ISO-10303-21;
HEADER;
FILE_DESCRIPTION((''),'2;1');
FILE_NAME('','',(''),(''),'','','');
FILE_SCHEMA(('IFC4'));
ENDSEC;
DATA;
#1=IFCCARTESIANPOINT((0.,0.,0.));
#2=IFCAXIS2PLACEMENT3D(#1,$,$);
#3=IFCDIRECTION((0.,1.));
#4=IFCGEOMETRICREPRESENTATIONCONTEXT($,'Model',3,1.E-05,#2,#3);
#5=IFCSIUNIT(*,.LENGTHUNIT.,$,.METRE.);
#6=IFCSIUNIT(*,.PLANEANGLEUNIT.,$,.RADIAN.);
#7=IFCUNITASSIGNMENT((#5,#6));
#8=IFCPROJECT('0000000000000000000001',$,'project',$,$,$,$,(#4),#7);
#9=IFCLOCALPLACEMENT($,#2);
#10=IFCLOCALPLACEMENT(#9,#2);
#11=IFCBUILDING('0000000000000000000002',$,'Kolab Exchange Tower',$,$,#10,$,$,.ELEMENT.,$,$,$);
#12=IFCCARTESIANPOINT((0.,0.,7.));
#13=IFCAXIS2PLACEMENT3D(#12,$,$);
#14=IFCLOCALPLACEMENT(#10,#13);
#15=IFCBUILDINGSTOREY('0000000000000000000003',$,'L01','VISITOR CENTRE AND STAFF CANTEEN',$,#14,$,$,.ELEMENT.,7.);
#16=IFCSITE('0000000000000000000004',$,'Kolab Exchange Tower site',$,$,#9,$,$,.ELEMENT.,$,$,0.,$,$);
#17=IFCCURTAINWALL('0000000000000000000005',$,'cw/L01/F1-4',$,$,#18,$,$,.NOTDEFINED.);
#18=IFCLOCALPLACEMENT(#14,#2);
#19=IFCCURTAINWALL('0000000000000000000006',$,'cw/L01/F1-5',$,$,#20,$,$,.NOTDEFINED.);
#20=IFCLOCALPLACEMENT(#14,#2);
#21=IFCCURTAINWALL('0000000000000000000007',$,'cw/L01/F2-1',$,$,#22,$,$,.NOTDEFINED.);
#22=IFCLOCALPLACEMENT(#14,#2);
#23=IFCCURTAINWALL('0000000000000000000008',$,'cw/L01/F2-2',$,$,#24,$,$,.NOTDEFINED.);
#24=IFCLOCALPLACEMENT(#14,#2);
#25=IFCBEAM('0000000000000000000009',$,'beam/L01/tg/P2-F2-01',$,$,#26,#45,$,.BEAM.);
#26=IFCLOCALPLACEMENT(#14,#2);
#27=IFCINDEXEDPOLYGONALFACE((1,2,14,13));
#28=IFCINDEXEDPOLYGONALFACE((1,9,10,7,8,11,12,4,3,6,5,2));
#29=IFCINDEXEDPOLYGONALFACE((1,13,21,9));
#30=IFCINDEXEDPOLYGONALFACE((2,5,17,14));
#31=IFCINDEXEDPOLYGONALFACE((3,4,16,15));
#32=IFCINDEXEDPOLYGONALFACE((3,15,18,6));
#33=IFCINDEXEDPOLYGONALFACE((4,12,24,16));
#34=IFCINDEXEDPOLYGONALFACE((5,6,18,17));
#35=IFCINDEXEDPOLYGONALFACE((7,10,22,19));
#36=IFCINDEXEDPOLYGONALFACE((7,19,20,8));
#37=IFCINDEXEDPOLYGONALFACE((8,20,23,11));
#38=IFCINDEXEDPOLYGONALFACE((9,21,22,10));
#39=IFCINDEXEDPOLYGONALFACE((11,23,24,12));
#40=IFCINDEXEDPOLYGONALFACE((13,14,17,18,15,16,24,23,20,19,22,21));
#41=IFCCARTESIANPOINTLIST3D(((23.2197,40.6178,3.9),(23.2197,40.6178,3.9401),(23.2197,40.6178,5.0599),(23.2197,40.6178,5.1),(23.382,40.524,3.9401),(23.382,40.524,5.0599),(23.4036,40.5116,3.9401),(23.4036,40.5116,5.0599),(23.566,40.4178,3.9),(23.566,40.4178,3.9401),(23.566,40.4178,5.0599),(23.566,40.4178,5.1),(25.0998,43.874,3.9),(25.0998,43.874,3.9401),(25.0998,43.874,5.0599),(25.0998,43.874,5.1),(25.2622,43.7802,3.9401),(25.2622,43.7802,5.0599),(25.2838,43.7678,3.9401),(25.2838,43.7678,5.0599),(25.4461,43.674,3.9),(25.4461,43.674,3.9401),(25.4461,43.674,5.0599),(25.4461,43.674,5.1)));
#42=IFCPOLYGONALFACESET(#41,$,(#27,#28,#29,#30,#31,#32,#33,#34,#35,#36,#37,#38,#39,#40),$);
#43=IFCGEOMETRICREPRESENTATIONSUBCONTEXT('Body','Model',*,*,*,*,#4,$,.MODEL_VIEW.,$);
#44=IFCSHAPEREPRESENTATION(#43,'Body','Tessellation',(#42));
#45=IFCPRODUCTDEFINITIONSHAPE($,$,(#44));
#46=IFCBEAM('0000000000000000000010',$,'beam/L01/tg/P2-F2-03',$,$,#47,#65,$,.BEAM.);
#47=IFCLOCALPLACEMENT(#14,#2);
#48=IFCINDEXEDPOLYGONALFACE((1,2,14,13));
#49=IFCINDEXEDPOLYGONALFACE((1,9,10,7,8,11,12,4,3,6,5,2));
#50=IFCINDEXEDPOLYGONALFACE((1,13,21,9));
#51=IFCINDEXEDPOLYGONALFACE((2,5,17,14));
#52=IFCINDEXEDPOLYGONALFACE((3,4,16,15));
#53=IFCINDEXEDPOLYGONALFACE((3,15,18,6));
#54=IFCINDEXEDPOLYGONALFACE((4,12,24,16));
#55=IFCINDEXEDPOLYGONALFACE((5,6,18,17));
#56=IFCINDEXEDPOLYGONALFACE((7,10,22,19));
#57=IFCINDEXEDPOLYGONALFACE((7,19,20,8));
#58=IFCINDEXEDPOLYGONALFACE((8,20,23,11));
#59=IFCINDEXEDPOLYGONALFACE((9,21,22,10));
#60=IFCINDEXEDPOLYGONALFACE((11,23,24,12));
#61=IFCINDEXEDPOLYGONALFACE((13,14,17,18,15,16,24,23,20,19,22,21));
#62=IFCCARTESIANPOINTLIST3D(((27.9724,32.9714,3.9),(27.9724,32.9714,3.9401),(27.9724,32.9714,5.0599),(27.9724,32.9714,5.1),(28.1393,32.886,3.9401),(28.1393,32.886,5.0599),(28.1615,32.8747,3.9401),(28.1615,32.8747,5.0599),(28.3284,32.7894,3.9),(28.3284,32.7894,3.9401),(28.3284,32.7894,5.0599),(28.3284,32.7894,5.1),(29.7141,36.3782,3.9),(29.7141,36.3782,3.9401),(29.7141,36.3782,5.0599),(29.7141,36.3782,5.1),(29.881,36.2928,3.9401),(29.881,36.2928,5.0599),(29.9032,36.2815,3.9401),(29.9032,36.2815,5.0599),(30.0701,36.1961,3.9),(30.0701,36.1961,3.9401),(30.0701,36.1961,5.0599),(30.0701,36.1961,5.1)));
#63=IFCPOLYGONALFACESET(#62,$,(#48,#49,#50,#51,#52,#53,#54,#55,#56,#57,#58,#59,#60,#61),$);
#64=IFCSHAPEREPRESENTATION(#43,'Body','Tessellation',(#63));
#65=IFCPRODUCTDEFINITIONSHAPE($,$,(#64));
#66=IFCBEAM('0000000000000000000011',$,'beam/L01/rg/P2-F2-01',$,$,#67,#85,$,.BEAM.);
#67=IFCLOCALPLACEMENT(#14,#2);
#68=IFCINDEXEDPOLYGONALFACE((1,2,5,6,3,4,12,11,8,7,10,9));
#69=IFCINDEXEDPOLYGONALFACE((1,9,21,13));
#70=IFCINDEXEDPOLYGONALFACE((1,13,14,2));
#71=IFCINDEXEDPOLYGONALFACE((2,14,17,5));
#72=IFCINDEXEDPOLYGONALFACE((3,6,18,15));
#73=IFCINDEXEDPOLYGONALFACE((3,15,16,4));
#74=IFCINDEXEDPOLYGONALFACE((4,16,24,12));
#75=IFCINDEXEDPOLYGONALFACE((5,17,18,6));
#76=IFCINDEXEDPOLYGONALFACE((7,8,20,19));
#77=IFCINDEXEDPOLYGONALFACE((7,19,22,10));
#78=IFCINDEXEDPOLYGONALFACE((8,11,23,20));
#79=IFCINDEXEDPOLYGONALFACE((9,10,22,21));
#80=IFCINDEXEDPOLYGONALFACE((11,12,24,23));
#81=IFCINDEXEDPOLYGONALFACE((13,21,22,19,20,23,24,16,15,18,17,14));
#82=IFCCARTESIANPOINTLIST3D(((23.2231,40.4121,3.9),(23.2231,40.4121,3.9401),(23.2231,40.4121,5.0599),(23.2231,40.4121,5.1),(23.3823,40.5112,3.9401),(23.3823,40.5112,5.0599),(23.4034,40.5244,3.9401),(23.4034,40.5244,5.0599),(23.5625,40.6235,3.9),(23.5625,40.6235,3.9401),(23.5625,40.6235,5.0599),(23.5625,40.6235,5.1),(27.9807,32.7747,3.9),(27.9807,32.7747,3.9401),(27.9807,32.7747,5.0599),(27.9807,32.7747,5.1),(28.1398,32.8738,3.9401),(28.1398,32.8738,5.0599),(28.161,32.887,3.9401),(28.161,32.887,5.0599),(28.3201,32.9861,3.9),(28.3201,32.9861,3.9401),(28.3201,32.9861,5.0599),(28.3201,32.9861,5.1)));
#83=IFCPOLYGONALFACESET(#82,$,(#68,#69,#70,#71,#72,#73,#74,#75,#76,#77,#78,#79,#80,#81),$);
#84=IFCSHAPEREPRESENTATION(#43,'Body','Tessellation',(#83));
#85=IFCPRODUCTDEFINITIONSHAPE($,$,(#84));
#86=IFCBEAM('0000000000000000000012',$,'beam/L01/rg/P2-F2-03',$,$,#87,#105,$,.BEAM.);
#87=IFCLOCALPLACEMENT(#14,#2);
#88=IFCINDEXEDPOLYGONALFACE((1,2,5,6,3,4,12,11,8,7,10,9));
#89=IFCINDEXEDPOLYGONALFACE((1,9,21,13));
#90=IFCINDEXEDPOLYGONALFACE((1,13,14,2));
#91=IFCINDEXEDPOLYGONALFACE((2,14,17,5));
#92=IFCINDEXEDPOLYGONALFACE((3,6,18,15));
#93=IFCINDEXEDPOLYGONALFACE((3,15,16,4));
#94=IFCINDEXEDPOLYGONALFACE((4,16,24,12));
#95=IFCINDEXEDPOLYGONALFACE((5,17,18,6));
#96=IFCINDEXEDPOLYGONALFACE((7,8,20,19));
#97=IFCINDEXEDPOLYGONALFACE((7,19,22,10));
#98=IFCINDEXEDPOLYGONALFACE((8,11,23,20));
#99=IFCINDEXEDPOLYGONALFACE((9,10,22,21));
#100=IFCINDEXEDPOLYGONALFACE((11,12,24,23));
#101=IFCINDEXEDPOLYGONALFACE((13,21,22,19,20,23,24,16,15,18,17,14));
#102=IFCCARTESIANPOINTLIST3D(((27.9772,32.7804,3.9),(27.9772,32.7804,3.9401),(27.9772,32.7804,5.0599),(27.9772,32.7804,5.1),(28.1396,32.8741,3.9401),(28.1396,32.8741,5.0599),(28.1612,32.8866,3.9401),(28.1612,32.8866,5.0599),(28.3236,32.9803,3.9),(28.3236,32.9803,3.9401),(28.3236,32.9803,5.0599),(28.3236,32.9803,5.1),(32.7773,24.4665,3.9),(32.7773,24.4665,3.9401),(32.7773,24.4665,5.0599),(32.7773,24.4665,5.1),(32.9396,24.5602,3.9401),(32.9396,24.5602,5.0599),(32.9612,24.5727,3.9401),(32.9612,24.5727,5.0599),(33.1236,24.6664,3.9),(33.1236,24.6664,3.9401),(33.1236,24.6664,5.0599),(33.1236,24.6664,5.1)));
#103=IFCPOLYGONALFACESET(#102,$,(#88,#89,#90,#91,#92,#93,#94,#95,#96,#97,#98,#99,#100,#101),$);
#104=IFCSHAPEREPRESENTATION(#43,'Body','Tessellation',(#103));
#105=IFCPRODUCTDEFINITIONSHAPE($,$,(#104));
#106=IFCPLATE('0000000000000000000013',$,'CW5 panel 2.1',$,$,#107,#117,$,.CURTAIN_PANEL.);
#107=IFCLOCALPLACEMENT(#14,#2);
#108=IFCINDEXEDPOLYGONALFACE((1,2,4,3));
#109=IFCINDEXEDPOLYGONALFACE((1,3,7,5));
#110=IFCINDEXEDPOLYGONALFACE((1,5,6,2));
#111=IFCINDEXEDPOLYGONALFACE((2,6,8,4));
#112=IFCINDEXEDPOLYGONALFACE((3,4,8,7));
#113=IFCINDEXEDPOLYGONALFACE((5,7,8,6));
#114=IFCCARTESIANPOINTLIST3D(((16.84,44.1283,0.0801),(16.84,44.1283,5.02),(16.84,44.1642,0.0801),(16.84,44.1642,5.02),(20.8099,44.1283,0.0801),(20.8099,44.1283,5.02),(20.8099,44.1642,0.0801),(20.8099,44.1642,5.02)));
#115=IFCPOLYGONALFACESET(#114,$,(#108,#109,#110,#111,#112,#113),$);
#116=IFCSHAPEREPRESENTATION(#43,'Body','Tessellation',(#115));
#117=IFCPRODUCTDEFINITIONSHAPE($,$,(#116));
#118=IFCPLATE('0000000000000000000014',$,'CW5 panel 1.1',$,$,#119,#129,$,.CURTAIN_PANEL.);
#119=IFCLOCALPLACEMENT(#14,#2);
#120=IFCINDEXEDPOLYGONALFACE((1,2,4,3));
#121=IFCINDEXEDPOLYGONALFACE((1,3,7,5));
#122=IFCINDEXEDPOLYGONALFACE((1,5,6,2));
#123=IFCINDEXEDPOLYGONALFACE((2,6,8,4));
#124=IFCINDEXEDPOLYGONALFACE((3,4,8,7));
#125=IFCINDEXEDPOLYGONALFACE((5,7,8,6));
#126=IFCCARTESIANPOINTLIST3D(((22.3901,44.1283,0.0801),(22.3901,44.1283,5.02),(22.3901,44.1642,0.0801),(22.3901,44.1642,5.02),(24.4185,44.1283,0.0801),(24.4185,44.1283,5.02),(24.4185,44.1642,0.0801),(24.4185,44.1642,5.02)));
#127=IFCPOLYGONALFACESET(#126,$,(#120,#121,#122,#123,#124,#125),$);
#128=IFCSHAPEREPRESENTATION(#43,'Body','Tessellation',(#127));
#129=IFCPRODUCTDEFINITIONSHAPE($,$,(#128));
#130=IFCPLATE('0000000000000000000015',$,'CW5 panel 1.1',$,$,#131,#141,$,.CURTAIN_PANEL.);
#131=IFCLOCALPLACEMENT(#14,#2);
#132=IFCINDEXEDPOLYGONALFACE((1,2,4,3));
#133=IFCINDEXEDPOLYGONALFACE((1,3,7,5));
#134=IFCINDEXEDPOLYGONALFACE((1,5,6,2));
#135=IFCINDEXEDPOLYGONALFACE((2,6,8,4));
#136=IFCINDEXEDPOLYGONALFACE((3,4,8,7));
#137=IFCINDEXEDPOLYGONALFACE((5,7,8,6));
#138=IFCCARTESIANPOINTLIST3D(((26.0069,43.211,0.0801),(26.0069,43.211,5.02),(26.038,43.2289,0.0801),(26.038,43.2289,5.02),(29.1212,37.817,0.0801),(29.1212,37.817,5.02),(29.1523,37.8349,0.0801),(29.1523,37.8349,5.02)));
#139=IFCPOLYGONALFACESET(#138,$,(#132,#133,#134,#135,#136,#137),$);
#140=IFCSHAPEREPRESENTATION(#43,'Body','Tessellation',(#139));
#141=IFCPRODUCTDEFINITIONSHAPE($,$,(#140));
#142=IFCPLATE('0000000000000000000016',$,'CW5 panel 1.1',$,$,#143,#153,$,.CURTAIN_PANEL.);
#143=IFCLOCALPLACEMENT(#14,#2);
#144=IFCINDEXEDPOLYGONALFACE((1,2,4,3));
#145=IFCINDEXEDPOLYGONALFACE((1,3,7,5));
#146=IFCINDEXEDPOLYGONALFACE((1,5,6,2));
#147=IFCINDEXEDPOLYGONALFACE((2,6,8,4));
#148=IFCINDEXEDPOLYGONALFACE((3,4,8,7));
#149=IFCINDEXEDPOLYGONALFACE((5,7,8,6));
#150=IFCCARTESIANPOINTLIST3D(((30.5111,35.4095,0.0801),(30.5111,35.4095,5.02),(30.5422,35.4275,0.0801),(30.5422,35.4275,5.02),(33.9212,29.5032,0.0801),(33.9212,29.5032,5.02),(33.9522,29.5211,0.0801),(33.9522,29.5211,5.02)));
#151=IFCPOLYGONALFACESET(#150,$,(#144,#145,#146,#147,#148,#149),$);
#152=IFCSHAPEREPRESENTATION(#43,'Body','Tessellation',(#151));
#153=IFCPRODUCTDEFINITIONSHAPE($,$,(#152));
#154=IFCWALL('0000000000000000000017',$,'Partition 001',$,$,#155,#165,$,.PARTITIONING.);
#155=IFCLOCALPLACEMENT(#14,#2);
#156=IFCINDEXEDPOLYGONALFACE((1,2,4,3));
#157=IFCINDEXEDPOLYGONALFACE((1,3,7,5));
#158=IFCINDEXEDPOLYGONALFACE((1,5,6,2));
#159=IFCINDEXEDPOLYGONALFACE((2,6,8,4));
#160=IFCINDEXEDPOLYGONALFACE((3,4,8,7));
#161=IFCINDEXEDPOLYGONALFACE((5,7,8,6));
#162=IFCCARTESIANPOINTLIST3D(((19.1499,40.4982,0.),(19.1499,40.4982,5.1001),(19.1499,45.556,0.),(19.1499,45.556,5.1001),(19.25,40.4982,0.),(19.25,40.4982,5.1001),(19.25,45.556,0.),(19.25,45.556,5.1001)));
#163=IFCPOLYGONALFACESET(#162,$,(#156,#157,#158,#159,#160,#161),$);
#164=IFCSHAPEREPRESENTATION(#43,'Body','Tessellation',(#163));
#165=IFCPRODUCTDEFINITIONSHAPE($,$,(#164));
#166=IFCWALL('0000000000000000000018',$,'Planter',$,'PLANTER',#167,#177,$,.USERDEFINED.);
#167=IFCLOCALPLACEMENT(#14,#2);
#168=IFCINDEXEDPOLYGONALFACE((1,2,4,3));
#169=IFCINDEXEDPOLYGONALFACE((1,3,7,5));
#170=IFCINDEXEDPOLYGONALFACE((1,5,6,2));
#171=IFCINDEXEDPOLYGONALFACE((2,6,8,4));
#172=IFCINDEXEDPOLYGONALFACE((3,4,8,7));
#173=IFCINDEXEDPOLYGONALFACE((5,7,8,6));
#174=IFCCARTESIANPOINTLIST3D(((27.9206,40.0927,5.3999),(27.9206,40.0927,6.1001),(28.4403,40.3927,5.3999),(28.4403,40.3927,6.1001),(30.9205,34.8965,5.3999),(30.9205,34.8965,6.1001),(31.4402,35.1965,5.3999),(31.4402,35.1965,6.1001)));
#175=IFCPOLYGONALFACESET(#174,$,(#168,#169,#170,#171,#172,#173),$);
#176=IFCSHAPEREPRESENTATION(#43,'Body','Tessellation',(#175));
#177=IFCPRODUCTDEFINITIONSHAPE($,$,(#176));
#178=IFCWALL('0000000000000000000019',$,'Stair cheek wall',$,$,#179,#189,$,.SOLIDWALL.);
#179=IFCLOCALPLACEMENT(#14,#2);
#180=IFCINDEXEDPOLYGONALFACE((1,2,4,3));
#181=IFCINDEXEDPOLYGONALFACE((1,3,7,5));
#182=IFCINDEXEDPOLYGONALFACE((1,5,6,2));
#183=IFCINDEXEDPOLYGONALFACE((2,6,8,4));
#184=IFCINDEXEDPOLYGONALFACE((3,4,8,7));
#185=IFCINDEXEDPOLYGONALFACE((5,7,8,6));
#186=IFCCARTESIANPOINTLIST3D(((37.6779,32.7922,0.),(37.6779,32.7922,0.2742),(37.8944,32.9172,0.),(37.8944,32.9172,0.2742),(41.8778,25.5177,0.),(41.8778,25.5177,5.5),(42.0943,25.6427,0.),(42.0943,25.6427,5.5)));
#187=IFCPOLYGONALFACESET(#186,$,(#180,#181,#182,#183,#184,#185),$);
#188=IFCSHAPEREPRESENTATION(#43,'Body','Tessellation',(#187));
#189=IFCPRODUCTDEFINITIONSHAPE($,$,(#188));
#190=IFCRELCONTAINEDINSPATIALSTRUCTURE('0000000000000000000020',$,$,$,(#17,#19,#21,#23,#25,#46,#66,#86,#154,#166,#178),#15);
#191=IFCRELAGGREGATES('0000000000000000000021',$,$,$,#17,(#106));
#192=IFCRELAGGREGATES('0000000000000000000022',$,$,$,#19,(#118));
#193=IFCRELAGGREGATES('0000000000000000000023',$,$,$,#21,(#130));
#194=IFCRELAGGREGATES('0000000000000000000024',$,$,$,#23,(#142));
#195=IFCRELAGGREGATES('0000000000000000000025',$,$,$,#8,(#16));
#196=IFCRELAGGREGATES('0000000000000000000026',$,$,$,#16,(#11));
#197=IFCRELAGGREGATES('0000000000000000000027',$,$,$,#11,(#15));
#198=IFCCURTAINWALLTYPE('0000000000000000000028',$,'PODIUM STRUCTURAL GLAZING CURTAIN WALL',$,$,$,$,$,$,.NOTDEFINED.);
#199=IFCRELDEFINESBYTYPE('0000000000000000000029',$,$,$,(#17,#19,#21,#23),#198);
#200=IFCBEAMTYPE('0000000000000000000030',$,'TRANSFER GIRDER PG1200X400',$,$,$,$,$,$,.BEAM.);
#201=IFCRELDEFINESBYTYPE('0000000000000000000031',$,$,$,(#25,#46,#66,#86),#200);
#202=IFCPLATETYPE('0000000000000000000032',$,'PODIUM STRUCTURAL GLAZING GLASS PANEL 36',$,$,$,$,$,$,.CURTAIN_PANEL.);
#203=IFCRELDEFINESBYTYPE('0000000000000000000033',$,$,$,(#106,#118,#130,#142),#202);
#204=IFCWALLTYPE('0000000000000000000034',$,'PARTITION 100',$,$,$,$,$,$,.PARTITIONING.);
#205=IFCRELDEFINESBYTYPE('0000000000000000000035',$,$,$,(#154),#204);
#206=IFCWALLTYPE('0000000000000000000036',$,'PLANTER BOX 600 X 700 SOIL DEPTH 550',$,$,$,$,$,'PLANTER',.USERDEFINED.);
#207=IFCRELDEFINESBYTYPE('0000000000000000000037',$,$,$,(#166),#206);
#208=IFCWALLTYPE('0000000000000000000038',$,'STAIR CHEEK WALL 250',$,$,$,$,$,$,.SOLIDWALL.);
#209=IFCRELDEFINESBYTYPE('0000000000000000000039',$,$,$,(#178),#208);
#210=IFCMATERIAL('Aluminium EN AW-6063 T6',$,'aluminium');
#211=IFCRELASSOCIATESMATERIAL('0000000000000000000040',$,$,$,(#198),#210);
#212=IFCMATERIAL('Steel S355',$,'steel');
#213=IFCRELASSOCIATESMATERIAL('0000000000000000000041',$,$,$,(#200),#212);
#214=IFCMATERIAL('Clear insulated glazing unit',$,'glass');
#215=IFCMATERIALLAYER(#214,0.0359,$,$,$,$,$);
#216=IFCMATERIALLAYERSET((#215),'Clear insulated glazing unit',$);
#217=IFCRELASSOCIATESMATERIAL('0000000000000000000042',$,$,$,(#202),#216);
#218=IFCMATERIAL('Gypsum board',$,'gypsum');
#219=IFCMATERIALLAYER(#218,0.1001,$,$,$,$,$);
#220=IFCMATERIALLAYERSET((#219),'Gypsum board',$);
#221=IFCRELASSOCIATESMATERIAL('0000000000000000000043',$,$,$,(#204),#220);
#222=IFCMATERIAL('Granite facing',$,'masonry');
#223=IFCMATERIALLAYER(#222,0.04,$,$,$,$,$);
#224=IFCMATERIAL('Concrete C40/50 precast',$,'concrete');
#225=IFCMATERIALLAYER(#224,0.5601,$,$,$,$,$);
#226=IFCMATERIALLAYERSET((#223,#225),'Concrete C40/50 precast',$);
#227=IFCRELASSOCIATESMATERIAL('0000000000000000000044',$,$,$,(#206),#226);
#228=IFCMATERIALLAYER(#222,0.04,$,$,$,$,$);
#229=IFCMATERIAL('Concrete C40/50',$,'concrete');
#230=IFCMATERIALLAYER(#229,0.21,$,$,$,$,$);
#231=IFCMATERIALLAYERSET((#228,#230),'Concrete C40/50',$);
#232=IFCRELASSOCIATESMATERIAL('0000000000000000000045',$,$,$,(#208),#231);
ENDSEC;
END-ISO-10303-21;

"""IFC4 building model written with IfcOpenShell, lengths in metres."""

from ifc_helpers import new_model, si_unit, direction, frame, frame_2d, origin, origin_2d, place, context, subcontext, project, spatial, polyline, rectangle, i_section, outline, extrude, material, layer, layer_set, material_profile, profile_set, type_object, element, aggregate, save


model = new_model("IFC4")

# Units and contexts
model_context = context("Model", 3, precision=1e-05, world=origin(), true_north=direction((0.0, 1.0)))
body_context = subcontext(model_context, "Body", "Model", "MODEL_VIEW")
ifc_project = project(units=[si_unit("LENGTHUNIT", "METRE"), si_unit("PLANEANGLEUNIT", "RADIAN")], contexts=[model_context])

# Site, building, storey
site_placement = place(None, origin())
site = spatial("IfcSite", under=ifc_project, at=site_placement, Name="Kolab Exchange Tower site", CompositionType="ELEMENT", RefElevation=0.0)
building_placement = place(site_placement, origin())
building = spatial("IfcBuilding", under=site, at=building_placement, Name="Kolab Exchange Tower", CompositionType="ELEMENT")
storey_placement = place(building_placement, frame((0.0, 0.0, 7.0)))
storey = spatial("IfcBuildingStorey", under=building, at=storey_placement, Name="L01", Description="VISITOR CENTRE AND STAFF CANTEEN", CompositionType="ELEMENT", Elevation=7.0)

# Curtain wall
ifc_material_1 = material(Name="Aluminium EN AW-6063 T6", Category="aluminium")
curtain_wall_type = type_object("IfcCurtainWallType", Name="PODIUM STRUCTURAL GLAZING CURTAIN WALL", PredefinedType="NOTDEFINED", material=ifc_material_1)
curtain_wall_1_placement = place(storey_placement, origin())
curtain_wall_1 = element("IfcCurtainWall", 1, at=curtain_wall_1_placement, inside=storey, type_object=curtain_wall_type, Name="cw/L01/F1-4", PredefinedType="NOTDEFINED")

# Curtain walls
curtain_wall_2_placement = place(storey_placement, origin())
curtain_wall_2 = element("IfcCurtainWall", 2, at=curtain_wall_2_placement, inside=storey, type_object=curtain_wall_type, Name="cw/L01/F1-5", PredefinedType="NOTDEFINED")
curtain_wall_3_placement = place(storey_placement, origin())
curtain_wall_3 = element("IfcCurtainWall", 3, at=curtain_wall_3_placement, inside=storey, type_object=curtain_wall_type, Name="cw/L01/F2-1", PredefinedType="NOTDEFINED")

# Curtain wall
curtain_wall_4_placement = place(storey_placement, origin())
curtain_wall_4 = element("IfcCurtainWall", 4, at=curtain_wall_4_placement, inside=storey, type_object=curtain_wall_type, Name="cw/L01/F2-2", PredefinedType="NOTDEFINED")

# Beams
ifc_material_2 = material(Name="Steel S355", Category="steel")
ifc_material_profile_1 = material_profile(ifc_material_2, i_section(OverallWidth=0.3999, OverallDepth=1.2, WebThickness=0.0249, FlangeThickness=0.04, at=origin_2d()), Name="PG1200X400")
ifc_profile_set_1 = profile_set([ifc_material_profile_1], Name="Steel S355")
beam_type = type_object("IfcBeamType", Name="TRANSFER GIRDER PG1200X400", PredefinedType="BEAM", material=ifc_profile_set_1)
beam_1_placement = place(storey_placement, frame((23.3928, 40.5178, 4.5), z_axis=(0.500043, 0.866001, 0.0), x_axis=(-0.866001, 0.500043, 0.0)))
element("IfcBeam", 5, at=beam_1_placement, inside=storey, type_object=beam_type, Name="beam/L01/tg/P2-F2-01", PredefinedType="BEAM", context=body_context, shape_type="SweptSolid", body=[
    extrude(i_section(OverallWidth=0.3999, OverallDepth=1.2, WebThickness=0.0249, FlangeThickness=0.04, at=origin_2d()), origin(), (0.0, 0.0, 1.0), 3.76),
])
beam_2_placement = place(storey_placement, frame((28.1504, 32.8804, 4.5), z_axis=(0.45521, 0.890384, 0.0), x_axis=(-0.890384, 0.45521, 0.0)))
element("IfcBeam", 6, at=beam_2_placement, inside=storey, type_object=beam_type, Name="beam/L01/tg/P2-F2-03", PredefinedType="BEAM", context=body_context, shape_type="SweptSolid", body=[
    extrude(i_section(OverallWidth=0.3999, OverallDepth=1.2, WebThickness=0.0249, FlangeThickness=0.04, at=origin_2d()), origin(), (0.0, 0.0, 1.0), 3.8262),
])
beam_3_placement = place(storey_placement, frame((23.3928, 40.5178, 4.5), z_axis=(0.528733, -0.848788, 0.0), x_axis=(0.848788, 0.528733, 0.0)))
element("IfcBeam", 7, at=beam_3_placement, inside=storey, type_object=beam_type, Name="beam/L01/rg/P2-F2-01", PredefinedType="BEAM", context=body_context, shape_type="SweptSolid", body=[
    extrude(i_section(OverallWidth=0.3999, OverallDepth=1.2, WebThickness=0.0249, FlangeThickness=0.04, at=origin_2d()), origin(), (0.0, 0.0, 1.0), 8.998),
])
beam_4_placement = place(storey_placement, frame((28.1504, 32.8804, 4.5), z_axis=(0.499998, -0.866026, 0.0), x_axis=(0.866026, 0.499998, 0.0)))
element("IfcBeam", 8, at=beam_4_placement, inside=storey, type_object=beam_type, Name="beam/L01/rg/P2-F2-03", PredefinedType="BEAM", context=body_context, shape_type="SweptSolid", body=[
    extrude(i_section(OverallWidth=0.3999, OverallDepth=1.2, WebThickness=0.0249, FlangeThickness=0.04, at=origin_2d()), origin(), (0.0, 0.0, 1.0), 9.6001),
])

# Plates
ifc_material_3 = material(Name="Clear insulated glazing unit", Category="glass")
ifc_layer_1 = layer(ifc_material_3, 0.0359)
ifc_layer_set_1 = layer_set([ifc_layer_1], Name="Clear insulated glazing unit")
plate_type = type_object("IfcPlateType", Name="PODIUM STRUCTURAL GLAZING GLASS PANEL 36", PredefinedType="CURTAIN_PANEL", material=ifc_layer_set_1)
plate_1_placement = place(storey_placement, frame((18.825, 44.1462, 0.0801), z_axis=(0.0, 0.0, 1.0), x_axis=(1.0, 0.0, 0.0)))
plate_1 = element("IfcPlate", 9, at=plate_1_placement, type_object=plate_type, Name="CW5 panel 2.1", PredefinedType="CURTAIN_PANEL", context=body_context, shape_type="SweptSolid", body=[
    extrude(rectangle(XDim=3.97, YDim=0.0359, at=origin_2d()), origin(), (0.0, 0.0, 1.0), 4.9399),
])
aggregate(curtain_wall_1, [plate_1])
plate_2_placement = place(storey_placement, frame((23.4043, 44.1462, 0.0801), z_axis=(0.0, 0.0, 1.0), x_axis=(1.0, 0.0, 0.0)))
plate_2 = element("IfcPlate", 10, at=plate_2_placement, type_object=plate_type, Name="CW5 panel 1.1", PredefinedType="CURTAIN_PANEL", context=body_context, shape_type="SweptSolid", body=[
    extrude(rectangle(XDim=2.0283, YDim=0.0359, at=origin_2d()), origin(), (0.0, 0.0, 1.0), 4.9399),
])
aggregate(curtain_wall_2, [plate_2])
plate_3_placement = place(storey_placement, frame((27.5796, 40.5229, 0.0801), z_axis=(0.0, 0.0, 1.0), x_axis=(0.5, -0.866025, 0.0)))
plate_3 = element("IfcPlate", 11, at=plate_3_placement, type_object=plate_type, Name="CW5 panel 1.1", PredefinedType="CURTAIN_PANEL", context=body_context, shape_type="SweptSolid", body=[
    extrude(rectangle(XDim=6.2285, YDim=0.0359, at=origin_2d()), origin(), (0.0, 0.0, 1.0), 4.9399),
])
aggregate(curtain_wall_3, [plate_3])
plate_4_placement = place(storey_placement, frame((32.2317, 32.4653, 0.0801), z_axis=(0.0, 0.0, 1.0), x_axis=(0.5, -0.866025, 0.0)))
plate_4 = element("IfcPlate", 12, at=plate_4_placement, type_object=plate_type, Name="CW5 panel 1.1", PredefinedType="CURTAIN_PANEL", context=body_context, shape_type="SweptSolid", body=[
    extrude(rectangle(XDim=6.8201, YDim=0.0359, at=origin_2d()), origin(), (0.0, 0.0, 1.0), 4.9399),
])
aggregate(curtain_wall_4, [plate_4])

# Walls
ifc_material_4 = material(Name="Gypsum board", Category="gypsum")
ifc_layer_2 = layer(ifc_material_4, 0.1001)
ifc_layer_set_2 = layer_set([ifc_layer_2], Name="Gypsum board")
wall_type_1 = type_object("IfcWallType", Name="PARTITION 100", PredefinedType="PARTITIONING", material=ifc_layer_set_2)
wall_1_placement = place(storey_placement, frame((19.2, 40.4983, 0.0), z_axis=(0.0, 0.0, 1.0), x_axis=(0.0, 1.0, 0.0)))
element("IfcWall", 13, at=wall_1_placement, inside=storey, type_object=wall_type_1, Name="Partition 001", PredefinedType="PARTITIONING", context=body_context, shape_type="SweptSolid", body=[
    extrude(rectangle(XDim=5.0579, YDim=0.1001, at=frame_2d((2.5288, 0.0))), origin(), (0.0, 0.0, 1.0), 5.1001),
])
ifc_material_5 = material(Name="Granite facing", Category="masonry")
ifc_layer_3 = layer(ifc_material_5, 0.04)
ifc_material_6 = material(Name="Concrete C40/50 precast", Category="concrete")
ifc_layer_4 = layer(ifc_material_6, 0.5601)
ifc_layer_set_3 = layer_set([ifc_layer_3, ifc_layer_4], Name="Concrete C40/50 precast")
wall_type_2 = type_object("IfcWallType", Name="PLANTER BOX 600 X 700 SOIL DEPTH 550", ElementType="PLANTER", PredefinedType="USERDEFINED", material=ifc_layer_set_3)
wall_2_placement = place(storey_placement, frame((28.1804, 40.2427, 5.3999), z_axis=(0.0, 0.0, 1.0), x_axis=(0.49999, -0.866031, 0.0)))
element("IfcWall", 14, at=wall_2_placement, inside=storey, type_object=wall_type_2, Name="Planter", ObjectType="PLANTER", PredefinedType="USERDEFINED", context=body_context, shape_type="SweptSolid", body=[
    extrude(rectangle(XDim=6.0, YDim=0.6001, at=frame_2d((3.0, 0.0))), origin(), (0.0, 0.0, 1.0), 0.7002),
])
ifc_layer_5 = layer(ifc_material_5, 0.04)
ifc_material_7 = material(Name="Concrete C40/50", Category="concrete")
ifc_layer_6 = layer(ifc_material_7, 0.21)
ifc_layer_set_4 = layer_set([ifc_layer_5, ifc_layer_6], Name="Concrete C40/50")
wall_type_3 = type_object("IfcWallType", Name="STAIR CHEEK WALL 250", PredefinedType="SOLIDWALL", material=ifc_layer_set_4)
for number, where, z_axis, x_axis, name in (
    (15, (37.7861, 32.8547, 0.0), (0.0, 0.0, 1.0), (0.499993, -0.866029, 0.0), "Stair cheek wall"),
):
    element("IfcWall", number, at=place(storey_placement, frame(where, z_axis=z_axis, x_axis=x_axis)), inside=storey, type_object=wall_type_3, Name=name, PredefinedType="SOLIDWALL", context=body_context, shape_type="SweptSolid", body=[
        extrude(outline(polyline([(0.0, 0.0), (8.3999, 0.0), (8.3999, 5.5), (0.0, 0.2742), (0.0, 0.0)])), frame((0.0, 0.125, 0.0), z_axis=(0.0, -1.0, 0.0), x_axis=(1.0, 0.0, 0.0)), (0.0, 0.0, 1.0), 0.25),
    ])

save(model, "model.ifc")
